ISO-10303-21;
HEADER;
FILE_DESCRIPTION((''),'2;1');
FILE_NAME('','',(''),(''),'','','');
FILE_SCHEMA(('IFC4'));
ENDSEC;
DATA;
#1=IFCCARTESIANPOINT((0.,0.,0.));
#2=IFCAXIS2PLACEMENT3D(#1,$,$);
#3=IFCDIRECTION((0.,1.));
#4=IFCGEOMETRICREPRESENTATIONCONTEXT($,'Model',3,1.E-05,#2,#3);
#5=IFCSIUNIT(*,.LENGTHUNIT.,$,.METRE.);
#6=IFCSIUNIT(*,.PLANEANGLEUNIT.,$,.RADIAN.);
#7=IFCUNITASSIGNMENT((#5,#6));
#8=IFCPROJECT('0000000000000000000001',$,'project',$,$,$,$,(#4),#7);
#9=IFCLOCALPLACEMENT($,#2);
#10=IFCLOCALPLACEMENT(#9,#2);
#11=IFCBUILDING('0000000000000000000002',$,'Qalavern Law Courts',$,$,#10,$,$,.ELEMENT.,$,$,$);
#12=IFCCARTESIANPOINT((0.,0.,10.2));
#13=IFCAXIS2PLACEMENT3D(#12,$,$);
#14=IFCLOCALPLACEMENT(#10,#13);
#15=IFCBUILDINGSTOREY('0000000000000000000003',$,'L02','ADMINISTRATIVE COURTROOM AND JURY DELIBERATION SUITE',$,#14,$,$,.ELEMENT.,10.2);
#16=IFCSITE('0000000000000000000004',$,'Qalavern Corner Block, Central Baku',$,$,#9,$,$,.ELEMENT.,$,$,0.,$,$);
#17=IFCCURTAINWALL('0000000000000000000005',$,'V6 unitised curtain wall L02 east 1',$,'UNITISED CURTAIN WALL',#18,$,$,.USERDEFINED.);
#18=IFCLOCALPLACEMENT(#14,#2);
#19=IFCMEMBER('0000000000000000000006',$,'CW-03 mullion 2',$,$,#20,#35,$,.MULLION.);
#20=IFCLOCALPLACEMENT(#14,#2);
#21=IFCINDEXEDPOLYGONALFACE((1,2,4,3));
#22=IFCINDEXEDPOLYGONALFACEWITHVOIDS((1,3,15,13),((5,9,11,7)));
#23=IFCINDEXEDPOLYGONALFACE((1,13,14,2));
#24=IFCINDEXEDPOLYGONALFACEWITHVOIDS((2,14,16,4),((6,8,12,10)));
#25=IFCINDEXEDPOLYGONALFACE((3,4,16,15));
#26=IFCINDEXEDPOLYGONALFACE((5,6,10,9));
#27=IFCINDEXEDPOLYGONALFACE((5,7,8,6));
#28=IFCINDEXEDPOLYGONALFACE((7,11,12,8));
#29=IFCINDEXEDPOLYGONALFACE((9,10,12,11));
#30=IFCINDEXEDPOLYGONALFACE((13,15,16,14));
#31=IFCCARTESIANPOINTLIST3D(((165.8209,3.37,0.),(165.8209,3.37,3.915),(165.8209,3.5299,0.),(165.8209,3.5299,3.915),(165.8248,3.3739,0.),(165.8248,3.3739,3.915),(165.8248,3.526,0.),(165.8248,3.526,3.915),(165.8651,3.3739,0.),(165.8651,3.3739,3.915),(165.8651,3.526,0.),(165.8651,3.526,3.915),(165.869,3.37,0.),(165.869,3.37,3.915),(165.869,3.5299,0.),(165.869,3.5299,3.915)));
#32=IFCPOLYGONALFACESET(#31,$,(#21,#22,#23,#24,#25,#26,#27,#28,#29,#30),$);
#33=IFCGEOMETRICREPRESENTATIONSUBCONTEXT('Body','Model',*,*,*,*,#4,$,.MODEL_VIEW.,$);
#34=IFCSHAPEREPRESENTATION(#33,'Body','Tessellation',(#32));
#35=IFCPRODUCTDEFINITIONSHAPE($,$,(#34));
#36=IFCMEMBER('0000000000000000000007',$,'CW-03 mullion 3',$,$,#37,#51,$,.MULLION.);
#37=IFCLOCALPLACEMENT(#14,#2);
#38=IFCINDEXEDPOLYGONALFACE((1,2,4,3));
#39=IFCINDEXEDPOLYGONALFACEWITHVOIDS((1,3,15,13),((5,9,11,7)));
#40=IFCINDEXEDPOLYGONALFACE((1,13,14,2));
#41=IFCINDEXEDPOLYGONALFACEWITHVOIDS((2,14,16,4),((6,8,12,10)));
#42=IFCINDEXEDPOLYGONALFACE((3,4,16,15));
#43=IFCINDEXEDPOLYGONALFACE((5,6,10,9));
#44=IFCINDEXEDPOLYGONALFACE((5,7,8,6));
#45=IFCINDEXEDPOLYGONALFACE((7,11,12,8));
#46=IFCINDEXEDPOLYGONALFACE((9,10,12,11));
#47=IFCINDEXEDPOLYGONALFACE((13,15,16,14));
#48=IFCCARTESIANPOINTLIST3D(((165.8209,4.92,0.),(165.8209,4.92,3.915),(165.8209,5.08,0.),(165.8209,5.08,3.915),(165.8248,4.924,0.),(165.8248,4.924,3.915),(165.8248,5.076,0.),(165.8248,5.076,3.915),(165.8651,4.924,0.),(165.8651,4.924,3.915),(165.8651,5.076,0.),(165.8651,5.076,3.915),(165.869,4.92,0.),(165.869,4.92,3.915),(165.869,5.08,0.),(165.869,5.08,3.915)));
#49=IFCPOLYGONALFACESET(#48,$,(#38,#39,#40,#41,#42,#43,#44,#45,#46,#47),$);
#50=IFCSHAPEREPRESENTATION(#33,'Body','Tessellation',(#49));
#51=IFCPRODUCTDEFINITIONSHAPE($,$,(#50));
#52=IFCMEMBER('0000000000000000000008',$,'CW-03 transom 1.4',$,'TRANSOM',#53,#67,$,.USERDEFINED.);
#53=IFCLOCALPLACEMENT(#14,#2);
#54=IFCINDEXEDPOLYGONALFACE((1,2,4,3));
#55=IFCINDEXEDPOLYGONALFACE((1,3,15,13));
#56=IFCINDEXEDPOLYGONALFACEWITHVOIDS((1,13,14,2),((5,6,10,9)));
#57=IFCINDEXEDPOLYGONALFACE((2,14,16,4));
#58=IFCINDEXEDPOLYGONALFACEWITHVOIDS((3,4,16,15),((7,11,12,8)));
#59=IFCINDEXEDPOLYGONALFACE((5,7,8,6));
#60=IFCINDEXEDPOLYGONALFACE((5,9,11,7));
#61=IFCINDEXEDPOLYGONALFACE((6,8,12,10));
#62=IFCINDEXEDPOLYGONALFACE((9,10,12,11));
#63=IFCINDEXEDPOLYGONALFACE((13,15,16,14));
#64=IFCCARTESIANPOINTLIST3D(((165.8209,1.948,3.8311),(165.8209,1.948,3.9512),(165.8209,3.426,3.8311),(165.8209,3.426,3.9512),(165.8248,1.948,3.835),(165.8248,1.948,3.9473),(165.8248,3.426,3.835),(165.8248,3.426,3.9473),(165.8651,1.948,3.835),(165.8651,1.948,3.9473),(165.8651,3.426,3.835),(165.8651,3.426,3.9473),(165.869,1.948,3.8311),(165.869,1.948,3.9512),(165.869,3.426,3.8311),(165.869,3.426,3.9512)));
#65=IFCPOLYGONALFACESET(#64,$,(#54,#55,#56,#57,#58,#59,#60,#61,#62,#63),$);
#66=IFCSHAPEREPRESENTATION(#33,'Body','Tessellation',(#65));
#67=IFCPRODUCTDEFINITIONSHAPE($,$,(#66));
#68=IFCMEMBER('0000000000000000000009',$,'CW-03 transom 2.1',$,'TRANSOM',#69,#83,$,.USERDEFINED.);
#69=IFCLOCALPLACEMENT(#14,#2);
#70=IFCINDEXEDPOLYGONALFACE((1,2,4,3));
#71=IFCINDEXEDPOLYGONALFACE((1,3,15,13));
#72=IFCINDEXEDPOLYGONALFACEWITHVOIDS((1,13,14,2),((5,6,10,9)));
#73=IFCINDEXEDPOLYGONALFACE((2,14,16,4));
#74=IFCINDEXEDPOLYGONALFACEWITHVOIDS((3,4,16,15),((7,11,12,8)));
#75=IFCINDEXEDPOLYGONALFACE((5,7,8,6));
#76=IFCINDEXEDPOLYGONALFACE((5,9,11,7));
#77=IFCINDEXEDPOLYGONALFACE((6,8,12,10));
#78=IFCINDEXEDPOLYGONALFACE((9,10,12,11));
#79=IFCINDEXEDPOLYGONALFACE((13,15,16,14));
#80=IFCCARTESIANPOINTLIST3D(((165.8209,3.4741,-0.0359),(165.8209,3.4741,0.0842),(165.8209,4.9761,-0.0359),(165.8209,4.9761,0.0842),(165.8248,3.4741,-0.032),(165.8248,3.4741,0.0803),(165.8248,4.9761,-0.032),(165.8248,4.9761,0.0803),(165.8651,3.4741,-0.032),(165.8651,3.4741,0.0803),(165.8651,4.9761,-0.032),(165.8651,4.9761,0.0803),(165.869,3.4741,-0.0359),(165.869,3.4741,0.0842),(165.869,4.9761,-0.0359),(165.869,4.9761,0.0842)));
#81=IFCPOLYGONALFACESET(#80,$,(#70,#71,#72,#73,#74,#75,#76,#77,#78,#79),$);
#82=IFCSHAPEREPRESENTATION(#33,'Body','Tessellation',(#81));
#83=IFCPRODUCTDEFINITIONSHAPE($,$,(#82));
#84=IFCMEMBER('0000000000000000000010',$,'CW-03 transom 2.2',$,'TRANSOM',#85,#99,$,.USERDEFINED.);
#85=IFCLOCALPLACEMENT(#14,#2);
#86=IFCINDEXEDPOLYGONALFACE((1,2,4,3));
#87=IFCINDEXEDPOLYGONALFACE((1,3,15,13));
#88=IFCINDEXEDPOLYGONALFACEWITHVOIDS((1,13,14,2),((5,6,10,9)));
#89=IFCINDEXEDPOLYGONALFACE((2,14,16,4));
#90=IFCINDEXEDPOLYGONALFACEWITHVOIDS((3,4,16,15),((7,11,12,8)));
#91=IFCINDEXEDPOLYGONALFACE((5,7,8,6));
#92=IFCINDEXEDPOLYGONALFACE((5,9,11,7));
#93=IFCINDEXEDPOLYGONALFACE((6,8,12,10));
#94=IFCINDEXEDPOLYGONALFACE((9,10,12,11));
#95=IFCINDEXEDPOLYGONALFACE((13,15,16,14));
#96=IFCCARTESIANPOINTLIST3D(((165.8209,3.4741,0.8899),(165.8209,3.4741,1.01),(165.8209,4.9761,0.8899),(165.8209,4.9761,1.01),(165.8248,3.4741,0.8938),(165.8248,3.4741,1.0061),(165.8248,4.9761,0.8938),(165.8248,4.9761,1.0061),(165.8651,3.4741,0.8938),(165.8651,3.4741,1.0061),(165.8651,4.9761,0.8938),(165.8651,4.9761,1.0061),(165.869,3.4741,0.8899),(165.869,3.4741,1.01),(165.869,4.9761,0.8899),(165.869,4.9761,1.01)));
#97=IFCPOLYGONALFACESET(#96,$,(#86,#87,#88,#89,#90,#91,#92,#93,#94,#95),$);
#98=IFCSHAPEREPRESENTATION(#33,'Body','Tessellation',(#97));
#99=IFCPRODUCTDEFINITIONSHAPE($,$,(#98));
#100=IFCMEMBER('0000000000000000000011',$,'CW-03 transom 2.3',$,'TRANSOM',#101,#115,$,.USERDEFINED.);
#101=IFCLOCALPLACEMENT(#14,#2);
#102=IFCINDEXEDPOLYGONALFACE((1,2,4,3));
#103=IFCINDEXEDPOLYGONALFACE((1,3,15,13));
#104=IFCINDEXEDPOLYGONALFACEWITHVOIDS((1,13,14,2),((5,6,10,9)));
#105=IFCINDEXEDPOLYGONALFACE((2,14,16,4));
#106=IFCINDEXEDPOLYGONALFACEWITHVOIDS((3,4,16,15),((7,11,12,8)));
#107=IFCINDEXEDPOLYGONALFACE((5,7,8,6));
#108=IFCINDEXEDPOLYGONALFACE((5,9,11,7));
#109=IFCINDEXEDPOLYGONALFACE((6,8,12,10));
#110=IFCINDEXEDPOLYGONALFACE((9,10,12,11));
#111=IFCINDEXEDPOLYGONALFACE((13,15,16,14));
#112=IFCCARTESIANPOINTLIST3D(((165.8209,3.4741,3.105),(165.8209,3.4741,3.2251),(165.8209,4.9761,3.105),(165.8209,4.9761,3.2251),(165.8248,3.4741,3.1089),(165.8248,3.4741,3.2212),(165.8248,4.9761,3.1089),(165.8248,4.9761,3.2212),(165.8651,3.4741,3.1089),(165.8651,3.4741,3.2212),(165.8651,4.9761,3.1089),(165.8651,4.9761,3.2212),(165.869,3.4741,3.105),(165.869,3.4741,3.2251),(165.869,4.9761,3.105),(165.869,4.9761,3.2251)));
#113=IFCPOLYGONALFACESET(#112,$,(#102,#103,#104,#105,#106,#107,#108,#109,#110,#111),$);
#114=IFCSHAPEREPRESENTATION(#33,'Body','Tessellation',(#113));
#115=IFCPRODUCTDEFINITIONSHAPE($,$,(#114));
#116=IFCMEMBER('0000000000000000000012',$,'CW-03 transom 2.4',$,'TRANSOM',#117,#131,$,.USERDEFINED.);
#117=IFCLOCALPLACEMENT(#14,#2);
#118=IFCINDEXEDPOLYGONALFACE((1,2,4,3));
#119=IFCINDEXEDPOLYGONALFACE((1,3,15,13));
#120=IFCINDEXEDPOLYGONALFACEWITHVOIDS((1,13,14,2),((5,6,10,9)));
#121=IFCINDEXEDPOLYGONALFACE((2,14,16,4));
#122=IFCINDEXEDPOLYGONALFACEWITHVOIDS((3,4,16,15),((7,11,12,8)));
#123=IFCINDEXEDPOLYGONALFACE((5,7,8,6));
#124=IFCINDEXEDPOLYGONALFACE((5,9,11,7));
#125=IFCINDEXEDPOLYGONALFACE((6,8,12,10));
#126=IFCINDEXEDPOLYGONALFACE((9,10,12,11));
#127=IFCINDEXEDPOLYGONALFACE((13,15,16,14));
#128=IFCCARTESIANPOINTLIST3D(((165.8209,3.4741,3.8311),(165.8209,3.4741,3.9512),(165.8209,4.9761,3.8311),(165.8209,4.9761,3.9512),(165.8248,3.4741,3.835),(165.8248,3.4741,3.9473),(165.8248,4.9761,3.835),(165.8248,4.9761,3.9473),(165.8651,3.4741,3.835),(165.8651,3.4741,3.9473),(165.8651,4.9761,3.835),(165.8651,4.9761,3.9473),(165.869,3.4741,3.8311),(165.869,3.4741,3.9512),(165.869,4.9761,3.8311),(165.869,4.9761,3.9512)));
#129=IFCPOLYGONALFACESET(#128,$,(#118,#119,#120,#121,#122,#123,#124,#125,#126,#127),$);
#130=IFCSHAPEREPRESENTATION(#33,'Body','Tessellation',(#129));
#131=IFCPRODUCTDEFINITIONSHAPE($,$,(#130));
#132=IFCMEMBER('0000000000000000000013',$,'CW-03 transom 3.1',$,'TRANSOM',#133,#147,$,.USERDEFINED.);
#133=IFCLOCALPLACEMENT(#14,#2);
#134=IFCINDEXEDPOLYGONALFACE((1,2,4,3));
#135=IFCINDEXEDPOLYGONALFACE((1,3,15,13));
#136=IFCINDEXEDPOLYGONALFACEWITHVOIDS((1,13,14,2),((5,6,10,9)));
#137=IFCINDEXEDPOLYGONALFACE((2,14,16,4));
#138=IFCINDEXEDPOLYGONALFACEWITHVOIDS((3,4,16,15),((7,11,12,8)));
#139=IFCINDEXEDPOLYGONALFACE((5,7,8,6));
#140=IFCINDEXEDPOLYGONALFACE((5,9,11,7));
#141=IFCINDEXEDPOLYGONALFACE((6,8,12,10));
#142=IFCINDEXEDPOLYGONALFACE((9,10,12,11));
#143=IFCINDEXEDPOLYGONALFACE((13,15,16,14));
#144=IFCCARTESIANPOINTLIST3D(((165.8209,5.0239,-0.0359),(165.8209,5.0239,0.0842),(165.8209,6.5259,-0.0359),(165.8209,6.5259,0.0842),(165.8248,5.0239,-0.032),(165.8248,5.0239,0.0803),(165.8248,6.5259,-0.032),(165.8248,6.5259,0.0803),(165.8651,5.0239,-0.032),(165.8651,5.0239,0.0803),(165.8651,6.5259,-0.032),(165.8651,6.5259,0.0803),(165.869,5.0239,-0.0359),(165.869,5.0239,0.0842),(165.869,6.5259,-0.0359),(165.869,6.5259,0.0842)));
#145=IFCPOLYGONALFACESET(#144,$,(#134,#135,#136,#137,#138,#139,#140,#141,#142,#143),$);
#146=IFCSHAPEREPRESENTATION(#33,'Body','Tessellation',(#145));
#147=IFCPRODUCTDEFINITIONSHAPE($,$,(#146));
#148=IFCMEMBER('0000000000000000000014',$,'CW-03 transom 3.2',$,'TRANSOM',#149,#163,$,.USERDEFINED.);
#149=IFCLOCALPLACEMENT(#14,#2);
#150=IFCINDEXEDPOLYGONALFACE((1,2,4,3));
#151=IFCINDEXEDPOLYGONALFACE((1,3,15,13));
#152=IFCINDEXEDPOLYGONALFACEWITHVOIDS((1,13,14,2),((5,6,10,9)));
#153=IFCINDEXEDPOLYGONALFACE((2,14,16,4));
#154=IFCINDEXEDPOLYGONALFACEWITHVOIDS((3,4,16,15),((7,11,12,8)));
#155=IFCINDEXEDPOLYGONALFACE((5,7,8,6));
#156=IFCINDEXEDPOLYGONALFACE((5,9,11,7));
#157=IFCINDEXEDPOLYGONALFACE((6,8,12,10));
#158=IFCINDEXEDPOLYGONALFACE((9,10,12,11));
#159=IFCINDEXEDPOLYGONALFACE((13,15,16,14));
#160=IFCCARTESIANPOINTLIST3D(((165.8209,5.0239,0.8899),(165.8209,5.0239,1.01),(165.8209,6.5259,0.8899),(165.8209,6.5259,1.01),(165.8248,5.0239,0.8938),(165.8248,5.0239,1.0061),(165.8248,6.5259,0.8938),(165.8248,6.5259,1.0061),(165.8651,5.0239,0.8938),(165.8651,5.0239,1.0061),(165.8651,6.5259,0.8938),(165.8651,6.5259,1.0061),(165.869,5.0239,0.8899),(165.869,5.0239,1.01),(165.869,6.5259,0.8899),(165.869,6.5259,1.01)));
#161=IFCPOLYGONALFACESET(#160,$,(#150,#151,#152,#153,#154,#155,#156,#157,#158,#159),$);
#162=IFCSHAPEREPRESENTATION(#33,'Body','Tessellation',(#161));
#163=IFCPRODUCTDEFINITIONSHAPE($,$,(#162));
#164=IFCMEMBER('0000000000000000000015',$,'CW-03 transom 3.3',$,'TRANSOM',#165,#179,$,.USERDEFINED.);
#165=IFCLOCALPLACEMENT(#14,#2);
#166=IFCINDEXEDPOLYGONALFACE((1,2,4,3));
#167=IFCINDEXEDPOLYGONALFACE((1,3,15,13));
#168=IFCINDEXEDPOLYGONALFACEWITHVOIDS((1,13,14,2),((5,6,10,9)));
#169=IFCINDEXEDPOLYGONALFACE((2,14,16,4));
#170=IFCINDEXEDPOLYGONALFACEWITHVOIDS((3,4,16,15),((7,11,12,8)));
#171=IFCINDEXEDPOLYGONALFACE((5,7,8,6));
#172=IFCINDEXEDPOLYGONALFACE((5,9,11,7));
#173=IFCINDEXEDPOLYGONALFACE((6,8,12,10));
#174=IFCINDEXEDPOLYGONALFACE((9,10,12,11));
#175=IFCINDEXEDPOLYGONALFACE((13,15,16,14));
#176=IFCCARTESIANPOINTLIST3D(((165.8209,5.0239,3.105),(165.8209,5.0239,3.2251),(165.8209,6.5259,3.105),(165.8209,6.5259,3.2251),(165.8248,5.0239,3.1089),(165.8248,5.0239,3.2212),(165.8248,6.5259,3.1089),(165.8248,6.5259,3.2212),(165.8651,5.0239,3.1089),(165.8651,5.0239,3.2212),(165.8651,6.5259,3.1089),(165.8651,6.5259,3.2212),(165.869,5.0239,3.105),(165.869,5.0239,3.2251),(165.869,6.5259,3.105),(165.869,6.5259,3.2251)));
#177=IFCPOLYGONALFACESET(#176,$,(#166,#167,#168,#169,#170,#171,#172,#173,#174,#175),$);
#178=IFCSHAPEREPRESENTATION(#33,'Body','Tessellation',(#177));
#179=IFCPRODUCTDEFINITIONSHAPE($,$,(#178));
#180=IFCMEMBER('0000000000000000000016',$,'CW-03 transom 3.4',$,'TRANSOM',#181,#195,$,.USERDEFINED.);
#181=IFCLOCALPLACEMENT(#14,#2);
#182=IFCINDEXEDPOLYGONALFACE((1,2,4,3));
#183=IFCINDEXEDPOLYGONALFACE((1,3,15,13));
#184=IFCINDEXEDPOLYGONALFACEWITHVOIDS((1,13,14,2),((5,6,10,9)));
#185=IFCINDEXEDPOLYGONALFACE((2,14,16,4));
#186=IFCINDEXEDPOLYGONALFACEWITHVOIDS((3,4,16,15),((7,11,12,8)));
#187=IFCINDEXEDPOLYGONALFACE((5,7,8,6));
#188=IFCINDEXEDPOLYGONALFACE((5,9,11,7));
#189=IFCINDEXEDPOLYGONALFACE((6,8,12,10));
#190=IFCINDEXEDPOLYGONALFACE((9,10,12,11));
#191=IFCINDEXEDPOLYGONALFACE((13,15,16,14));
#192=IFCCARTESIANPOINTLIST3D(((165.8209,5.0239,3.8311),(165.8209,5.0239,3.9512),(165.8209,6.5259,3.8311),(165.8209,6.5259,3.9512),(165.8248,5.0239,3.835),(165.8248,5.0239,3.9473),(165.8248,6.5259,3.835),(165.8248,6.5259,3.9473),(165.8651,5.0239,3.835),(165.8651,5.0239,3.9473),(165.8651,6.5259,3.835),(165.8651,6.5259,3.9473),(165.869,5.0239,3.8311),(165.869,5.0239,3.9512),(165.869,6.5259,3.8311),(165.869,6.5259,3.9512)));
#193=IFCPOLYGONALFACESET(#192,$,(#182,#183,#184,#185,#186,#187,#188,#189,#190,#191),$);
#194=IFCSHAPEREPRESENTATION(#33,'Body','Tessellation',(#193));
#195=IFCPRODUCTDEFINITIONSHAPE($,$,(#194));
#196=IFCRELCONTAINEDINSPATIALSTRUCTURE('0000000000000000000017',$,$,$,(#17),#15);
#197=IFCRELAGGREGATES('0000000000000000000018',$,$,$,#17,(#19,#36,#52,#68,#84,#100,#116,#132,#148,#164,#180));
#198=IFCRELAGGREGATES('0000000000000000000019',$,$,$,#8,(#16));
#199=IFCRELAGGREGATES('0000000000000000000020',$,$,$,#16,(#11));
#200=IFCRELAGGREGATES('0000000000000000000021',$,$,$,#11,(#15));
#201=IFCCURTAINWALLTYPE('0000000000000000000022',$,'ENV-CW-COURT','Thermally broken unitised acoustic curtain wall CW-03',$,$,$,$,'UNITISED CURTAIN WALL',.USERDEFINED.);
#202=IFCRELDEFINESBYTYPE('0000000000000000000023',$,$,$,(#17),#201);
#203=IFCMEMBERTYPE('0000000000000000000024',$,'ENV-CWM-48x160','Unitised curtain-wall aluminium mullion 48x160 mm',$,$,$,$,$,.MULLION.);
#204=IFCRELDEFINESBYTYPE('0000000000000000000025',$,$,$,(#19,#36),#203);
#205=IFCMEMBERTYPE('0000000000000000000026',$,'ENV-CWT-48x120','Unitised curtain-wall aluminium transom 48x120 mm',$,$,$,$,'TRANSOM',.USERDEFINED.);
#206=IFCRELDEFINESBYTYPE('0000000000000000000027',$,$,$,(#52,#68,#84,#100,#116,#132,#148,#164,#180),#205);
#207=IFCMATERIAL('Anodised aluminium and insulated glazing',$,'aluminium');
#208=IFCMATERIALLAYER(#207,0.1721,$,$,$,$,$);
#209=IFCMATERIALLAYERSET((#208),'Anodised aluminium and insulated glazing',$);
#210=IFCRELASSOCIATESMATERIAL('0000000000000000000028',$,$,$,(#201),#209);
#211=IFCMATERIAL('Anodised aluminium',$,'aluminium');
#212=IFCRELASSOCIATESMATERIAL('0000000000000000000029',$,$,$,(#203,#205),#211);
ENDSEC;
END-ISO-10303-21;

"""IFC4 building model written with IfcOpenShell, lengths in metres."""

from ifc_helpers import new_model, si_unit, direction, frame, origin, origin_2d, place, context, subcontext, project, spatial, hollow_rectangle, extrude, material, layer, layer_set, material_profile, profile_set, type_object, element, aggregate, save


model = new_model("IFC4")

# Units and contexts
model_context = context("Model", 3, precision=1e-05, world=origin(), true_north=direction((0.0, 1.0)))
body_context = subcontext(model_context, "Body", "Model", "MODEL_VIEW")
ifc_project = project(units=[si_unit("LENGTHUNIT", "METRE"), si_unit("PLANEANGLEUNIT", "RADIAN")], contexts=[model_context])

# Site, building, storey
site_placement = place(None, origin())
site = spatial("IfcSite", under=ifc_project, at=site_placement, Name="Qalavern Corner Block, Central Baku", CompositionType="ELEMENT", RefElevation=0.0)
building_placement = place(site_placement, origin())
building = spatial("IfcBuilding", under=site, at=building_placement, Name="Qalavern Law Courts", CompositionType="ELEMENT")
storey_placement = place(building_placement, frame((0.0, 0.0, 10.2)))
storey = spatial("IfcBuildingStorey", under=building, at=storey_placement, Name="L02", Description="ADMINISTRATIVE COURTROOM AND JURY DELIBERATION SUITE", CompositionType="ELEMENT", Elevation=10.2)

# Curtain wall, members
ifc_material_1 = material(Name="Anodised aluminium and insulated glazing", Category="aluminium")
ifc_layer_1 = layer(ifc_material_1, 0.1721)
ifc_layer_set_1 = layer_set([ifc_layer_1], Name="Anodised aluminium and insulated glazing")
curtain_wall_type = type_object("IfcCurtainWallType", Name="ENV-CW-COURT", Description="Thermally broken unitised acoustic curtain wall CW-03", ElementType="UNITISED CURTAIN WALL", PredefinedType="USERDEFINED", material=ifc_layer_set_1)
curtain_wall_placement = place(storey_placement, origin())
curtain_wall = element("IfcCurtainWall", 1, at=curtain_wall_placement, inside=storey, type_object=curtain_wall_type, Name="V6 unitised curtain wall L02 east 1", ObjectType="UNITISED CURTAIN WALL", PredefinedType="USERDEFINED")
ifc_material_2 = material(Name="Anodised aluminium", Category="aluminium")
ifc_material_profile_1 = material_profile(ifc_material_2, hollow_rectangle(XDim=0.0481, YDim=0.1599, WallThickness=0.0039, at=origin_2d()), Name="ALU MULLION 48x160")
ifc_profile_set_1 = profile_set([ifc_material_profile_1], Name="Anodised aluminium")
member_type_1 = type_object("IfcMemberType", Name="ENV-CWM-48x160", Description="Unitised curtain-wall aluminium mullion 48x160 mm", PredefinedType="MULLION", material=ifc_profile_set_1)
member_1_placement = place(storey_placement, frame((165.845, 3.45, 0.0), z_axis=(0.0, 0.0, 1.0), x_axis=(-1.0, 0.0, 0.0)))
member_1 = element("IfcMember", 2, at=member_1_placement, type_object=member_type_1, Name="CW-03 mullion 2", PredefinedType="MULLION", context=body_context, shape_type="SweptSolid", body=[
    extrude(hollow_rectangle(XDim=0.0481, YDim=0.1599, WallThickness=0.0039, at=origin_2d()), origin(), (0.0, 0.0, 1.0), 3.915),
])
member_2_placement = place(storey_placement, frame((165.845, 5.0, 0.0), z_axis=(0.0, 0.0, 1.0), x_axis=(-1.0, 0.0, 0.0)))
member_2 = element("IfcMember", 3, at=member_2_placement, type_object=member_type_1, Name="CW-03 mullion 3", PredefinedType="MULLION", context=body_context, shape_type="SweptSolid", body=[
    extrude(hollow_rectangle(XDim=0.0481, YDim=0.1599, WallThickness=0.0039, at=origin_2d()), origin(), (0.0, 0.0, 1.0), 3.915),
])
ifc_material_profile_2 = material_profile(ifc_material_2, hollow_rectangle(XDim=0.0481, YDim=0.1201, WallThickness=0.0039, at=origin_2d()), Name="ALU TRANSOM 48x120")
ifc_profile_set_2 = profile_set([ifc_material_profile_2], Name="Anodised aluminium")
member_type_2 = type_object("IfcMemberType", Name="ENV-CWT-48x120", Description="Unitised curtain-wall aluminium transom 48x120 mm", ElementType="TRANSOM", PredefinedType="USERDEFINED", material=ifc_profile_set_2)
member_3_placement = place(storey_placement, frame((165.845, 1.948, 3.8911), z_axis=(0.0, 1.0, 0.0), x_axis=(-1.0, 0.0, 0.0)))
member_3 = element("IfcMember", 4, at=member_3_placement, type_object=member_type_2, Name="CW-03 transom 1.4", ObjectType="TRANSOM", PredefinedType="USERDEFINED", context=body_context, shape_type="SweptSolid", body=[
    extrude(hollow_rectangle(XDim=0.0481, YDim=0.1201, WallThickness=0.0039, at=origin_2d()), origin(), (0.0, 0.0, 1.0), 1.478),
])
member_4_placement = place(storey_placement, frame((165.845, 3.4741, 0.0242), z_axis=(0.0, 1.0, 0.0), x_axis=(-1.0, 0.0, 0.0)))
member_4 = element("IfcMember", 5, at=member_4_placement, type_object=member_type_2, Name="CW-03 transom 2.1", ObjectType="TRANSOM", PredefinedType="USERDEFINED", context=body_context, shape_type="SweptSolid", body=[
    extrude(hollow_rectangle(XDim=0.0481, YDim=0.1201, WallThickness=0.0039, at=origin_2d()), origin(), (0.0, 0.0, 1.0), 1.502),
])
member_5_placement = place(storey_placement, frame((165.845, 3.4741, 0.95), z_axis=(0.0, 1.0, 0.0), x_axis=(-1.0, 0.0, 0.0)))
member_5 = element("IfcMember", 6, at=member_5_placement, type_object=member_type_2, Name="CW-03 transom 2.2", ObjectType="TRANSOM", PredefinedType="USERDEFINED", context=body_context, shape_type="SweptSolid", body=[
    extrude(hollow_rectangle(XDim=0.0481, YDim=0.1201, WallThickness=0.0039, at=origin_2d()), origin(), (0.0, 0.0, 1.0), 1.502),
])
member_6_placement = place(storey_placement, frame((165.845, 3.4741, 3.165), z_axis=(0.0, 1.0, 0.0), x_axis=(-1.0, 0.0, 0.0)))
member_6 = element("IfcMember", 7, at=member_6_placement, type_object=member_type_2, Name="CW-03 transom 2.3", ObjectType="TRANSOM", PredefinedType="USERDEFINED", context=body_context, shape_type="SweptSolid", body=[
    extrude(hollow_rectangle(XDim=0.0481, YDim=0.1201, WallThickness=0.0039, at=origin_2d()), origin(), (0.0, 0.0, 1.0), 1.502),
])
member_7_placement = place(storey_placement, frame((165.845, 3.4741, 3.8911), z_axis=(0.0, 1.0, 0.0), x_axis=(-1.0, 0.0, 0.0)))
member_7 = element("IfcMember", 8, at=member_7_placement, type_object=member_type_2, Name="CW-03 transom 2.4", ObjectType="TRANSOM", PredefinedType="USERDEFINED", context=body_context, shape_type="SweptSolid", body=[
    extrude(hollow_rectangle(XDim=0.0481, YDim=0.1201, WallThickness=0.0039, at=origin_2d()), origin(), (0.0, 0.0, 1.0), 1.502),
])
member_8_placement = place(storey_placement, frame((165.845, 5.0239, 0.0242), z_axis=(0.0, 1.0, 0.0), x_axis=(-1.0, 0.0, 0.0)))
member_8 = element("IfcMember", 9, at=member_8_placement, type_object=member_type_2, Name="CW-03 transom 3.1", ObjectType="TRANSOM", PredefinedType="USERDEFINED", context=body_context, shape_type="SweptSolid", body=[
    extrude(hollow_rectangle(XDim=0.0481, YDim=0.1201, WallThickness=0.0039, at=origin_2d()), origin(), (0.0, 0.0, 1.0), 1.502),
])
member_9_placement = place(storey_placement, frame((165.845, 5.0239, 0.95), z_axis=(0.0, 1.0, 0.0), x_axis=(-1.0, 0.0, 0.0)))
member_9 = element("IfcMember", 10, at=member_9_placement, type_object=member_type_2, Name="CW-03 transom 3.2", ObjectType="TRANSOM", PredefinedType="USERDEFINED", context=body_context, shape_type="SweptSolid", body=[
    extrude(hollow_rectangle(XDim=0.0481, YDim=0.1201, WallThickness=0.0039, at=origin_2d()), origin(), (0.0, 0.0, 1.0), 1.502),
])
member_10_placement = place(storey_placement, frame((165.845, 5.0239, 3.165), z_axis=(0.0, 1.0, 0.0), x_axis=(-1.0, 0.0, 0.0)))
member_10 = element("IfcMember", 11, at=member_10_placement, type_object=member_type_2, Name="CW-03 transom 3.3", ObjectType="TRANSOM", PredefinedType="USERDEFINED", context=body_context, shape_type="SweptSolid", body=[
    extrude(hollow_rectangle(XDim=0.0481, YDim=0.1201, WallThickness=0.0039, at=origin_2d()), origin(), (0.0, 0.0, 1.0), 1.502),
])
member_11_placement = place(storey_placement, frame((165.845, 5.0239, 3.8911), z_axis=(0.0, 1.0, 0.0), x_axis=(-1.0, 0.0, 0.0)))
member_11 = element("IfcMember", 12, at=member_11_placement, type_object=member_type_2, Name="CW-03 transom 3.4", ObjectType="TRANSOM", PredefinedType="USERDEFINED", context=body_context, shape_type="SweptSolid", body=[
    extrude(hollow_rectangle(XDim=0.0481, YDim=0.1201, WallThickness=0.0039, at=origin_2d()), origin(), (0.0, 0.0, 1.0), 1.502),
])
aggregate(curtain_wall, [member_1, member_2, member_3, member_4, member_5, member_6, member_7, member_8, member_9, member_10, member_11])

save(model, "model.ifc")
